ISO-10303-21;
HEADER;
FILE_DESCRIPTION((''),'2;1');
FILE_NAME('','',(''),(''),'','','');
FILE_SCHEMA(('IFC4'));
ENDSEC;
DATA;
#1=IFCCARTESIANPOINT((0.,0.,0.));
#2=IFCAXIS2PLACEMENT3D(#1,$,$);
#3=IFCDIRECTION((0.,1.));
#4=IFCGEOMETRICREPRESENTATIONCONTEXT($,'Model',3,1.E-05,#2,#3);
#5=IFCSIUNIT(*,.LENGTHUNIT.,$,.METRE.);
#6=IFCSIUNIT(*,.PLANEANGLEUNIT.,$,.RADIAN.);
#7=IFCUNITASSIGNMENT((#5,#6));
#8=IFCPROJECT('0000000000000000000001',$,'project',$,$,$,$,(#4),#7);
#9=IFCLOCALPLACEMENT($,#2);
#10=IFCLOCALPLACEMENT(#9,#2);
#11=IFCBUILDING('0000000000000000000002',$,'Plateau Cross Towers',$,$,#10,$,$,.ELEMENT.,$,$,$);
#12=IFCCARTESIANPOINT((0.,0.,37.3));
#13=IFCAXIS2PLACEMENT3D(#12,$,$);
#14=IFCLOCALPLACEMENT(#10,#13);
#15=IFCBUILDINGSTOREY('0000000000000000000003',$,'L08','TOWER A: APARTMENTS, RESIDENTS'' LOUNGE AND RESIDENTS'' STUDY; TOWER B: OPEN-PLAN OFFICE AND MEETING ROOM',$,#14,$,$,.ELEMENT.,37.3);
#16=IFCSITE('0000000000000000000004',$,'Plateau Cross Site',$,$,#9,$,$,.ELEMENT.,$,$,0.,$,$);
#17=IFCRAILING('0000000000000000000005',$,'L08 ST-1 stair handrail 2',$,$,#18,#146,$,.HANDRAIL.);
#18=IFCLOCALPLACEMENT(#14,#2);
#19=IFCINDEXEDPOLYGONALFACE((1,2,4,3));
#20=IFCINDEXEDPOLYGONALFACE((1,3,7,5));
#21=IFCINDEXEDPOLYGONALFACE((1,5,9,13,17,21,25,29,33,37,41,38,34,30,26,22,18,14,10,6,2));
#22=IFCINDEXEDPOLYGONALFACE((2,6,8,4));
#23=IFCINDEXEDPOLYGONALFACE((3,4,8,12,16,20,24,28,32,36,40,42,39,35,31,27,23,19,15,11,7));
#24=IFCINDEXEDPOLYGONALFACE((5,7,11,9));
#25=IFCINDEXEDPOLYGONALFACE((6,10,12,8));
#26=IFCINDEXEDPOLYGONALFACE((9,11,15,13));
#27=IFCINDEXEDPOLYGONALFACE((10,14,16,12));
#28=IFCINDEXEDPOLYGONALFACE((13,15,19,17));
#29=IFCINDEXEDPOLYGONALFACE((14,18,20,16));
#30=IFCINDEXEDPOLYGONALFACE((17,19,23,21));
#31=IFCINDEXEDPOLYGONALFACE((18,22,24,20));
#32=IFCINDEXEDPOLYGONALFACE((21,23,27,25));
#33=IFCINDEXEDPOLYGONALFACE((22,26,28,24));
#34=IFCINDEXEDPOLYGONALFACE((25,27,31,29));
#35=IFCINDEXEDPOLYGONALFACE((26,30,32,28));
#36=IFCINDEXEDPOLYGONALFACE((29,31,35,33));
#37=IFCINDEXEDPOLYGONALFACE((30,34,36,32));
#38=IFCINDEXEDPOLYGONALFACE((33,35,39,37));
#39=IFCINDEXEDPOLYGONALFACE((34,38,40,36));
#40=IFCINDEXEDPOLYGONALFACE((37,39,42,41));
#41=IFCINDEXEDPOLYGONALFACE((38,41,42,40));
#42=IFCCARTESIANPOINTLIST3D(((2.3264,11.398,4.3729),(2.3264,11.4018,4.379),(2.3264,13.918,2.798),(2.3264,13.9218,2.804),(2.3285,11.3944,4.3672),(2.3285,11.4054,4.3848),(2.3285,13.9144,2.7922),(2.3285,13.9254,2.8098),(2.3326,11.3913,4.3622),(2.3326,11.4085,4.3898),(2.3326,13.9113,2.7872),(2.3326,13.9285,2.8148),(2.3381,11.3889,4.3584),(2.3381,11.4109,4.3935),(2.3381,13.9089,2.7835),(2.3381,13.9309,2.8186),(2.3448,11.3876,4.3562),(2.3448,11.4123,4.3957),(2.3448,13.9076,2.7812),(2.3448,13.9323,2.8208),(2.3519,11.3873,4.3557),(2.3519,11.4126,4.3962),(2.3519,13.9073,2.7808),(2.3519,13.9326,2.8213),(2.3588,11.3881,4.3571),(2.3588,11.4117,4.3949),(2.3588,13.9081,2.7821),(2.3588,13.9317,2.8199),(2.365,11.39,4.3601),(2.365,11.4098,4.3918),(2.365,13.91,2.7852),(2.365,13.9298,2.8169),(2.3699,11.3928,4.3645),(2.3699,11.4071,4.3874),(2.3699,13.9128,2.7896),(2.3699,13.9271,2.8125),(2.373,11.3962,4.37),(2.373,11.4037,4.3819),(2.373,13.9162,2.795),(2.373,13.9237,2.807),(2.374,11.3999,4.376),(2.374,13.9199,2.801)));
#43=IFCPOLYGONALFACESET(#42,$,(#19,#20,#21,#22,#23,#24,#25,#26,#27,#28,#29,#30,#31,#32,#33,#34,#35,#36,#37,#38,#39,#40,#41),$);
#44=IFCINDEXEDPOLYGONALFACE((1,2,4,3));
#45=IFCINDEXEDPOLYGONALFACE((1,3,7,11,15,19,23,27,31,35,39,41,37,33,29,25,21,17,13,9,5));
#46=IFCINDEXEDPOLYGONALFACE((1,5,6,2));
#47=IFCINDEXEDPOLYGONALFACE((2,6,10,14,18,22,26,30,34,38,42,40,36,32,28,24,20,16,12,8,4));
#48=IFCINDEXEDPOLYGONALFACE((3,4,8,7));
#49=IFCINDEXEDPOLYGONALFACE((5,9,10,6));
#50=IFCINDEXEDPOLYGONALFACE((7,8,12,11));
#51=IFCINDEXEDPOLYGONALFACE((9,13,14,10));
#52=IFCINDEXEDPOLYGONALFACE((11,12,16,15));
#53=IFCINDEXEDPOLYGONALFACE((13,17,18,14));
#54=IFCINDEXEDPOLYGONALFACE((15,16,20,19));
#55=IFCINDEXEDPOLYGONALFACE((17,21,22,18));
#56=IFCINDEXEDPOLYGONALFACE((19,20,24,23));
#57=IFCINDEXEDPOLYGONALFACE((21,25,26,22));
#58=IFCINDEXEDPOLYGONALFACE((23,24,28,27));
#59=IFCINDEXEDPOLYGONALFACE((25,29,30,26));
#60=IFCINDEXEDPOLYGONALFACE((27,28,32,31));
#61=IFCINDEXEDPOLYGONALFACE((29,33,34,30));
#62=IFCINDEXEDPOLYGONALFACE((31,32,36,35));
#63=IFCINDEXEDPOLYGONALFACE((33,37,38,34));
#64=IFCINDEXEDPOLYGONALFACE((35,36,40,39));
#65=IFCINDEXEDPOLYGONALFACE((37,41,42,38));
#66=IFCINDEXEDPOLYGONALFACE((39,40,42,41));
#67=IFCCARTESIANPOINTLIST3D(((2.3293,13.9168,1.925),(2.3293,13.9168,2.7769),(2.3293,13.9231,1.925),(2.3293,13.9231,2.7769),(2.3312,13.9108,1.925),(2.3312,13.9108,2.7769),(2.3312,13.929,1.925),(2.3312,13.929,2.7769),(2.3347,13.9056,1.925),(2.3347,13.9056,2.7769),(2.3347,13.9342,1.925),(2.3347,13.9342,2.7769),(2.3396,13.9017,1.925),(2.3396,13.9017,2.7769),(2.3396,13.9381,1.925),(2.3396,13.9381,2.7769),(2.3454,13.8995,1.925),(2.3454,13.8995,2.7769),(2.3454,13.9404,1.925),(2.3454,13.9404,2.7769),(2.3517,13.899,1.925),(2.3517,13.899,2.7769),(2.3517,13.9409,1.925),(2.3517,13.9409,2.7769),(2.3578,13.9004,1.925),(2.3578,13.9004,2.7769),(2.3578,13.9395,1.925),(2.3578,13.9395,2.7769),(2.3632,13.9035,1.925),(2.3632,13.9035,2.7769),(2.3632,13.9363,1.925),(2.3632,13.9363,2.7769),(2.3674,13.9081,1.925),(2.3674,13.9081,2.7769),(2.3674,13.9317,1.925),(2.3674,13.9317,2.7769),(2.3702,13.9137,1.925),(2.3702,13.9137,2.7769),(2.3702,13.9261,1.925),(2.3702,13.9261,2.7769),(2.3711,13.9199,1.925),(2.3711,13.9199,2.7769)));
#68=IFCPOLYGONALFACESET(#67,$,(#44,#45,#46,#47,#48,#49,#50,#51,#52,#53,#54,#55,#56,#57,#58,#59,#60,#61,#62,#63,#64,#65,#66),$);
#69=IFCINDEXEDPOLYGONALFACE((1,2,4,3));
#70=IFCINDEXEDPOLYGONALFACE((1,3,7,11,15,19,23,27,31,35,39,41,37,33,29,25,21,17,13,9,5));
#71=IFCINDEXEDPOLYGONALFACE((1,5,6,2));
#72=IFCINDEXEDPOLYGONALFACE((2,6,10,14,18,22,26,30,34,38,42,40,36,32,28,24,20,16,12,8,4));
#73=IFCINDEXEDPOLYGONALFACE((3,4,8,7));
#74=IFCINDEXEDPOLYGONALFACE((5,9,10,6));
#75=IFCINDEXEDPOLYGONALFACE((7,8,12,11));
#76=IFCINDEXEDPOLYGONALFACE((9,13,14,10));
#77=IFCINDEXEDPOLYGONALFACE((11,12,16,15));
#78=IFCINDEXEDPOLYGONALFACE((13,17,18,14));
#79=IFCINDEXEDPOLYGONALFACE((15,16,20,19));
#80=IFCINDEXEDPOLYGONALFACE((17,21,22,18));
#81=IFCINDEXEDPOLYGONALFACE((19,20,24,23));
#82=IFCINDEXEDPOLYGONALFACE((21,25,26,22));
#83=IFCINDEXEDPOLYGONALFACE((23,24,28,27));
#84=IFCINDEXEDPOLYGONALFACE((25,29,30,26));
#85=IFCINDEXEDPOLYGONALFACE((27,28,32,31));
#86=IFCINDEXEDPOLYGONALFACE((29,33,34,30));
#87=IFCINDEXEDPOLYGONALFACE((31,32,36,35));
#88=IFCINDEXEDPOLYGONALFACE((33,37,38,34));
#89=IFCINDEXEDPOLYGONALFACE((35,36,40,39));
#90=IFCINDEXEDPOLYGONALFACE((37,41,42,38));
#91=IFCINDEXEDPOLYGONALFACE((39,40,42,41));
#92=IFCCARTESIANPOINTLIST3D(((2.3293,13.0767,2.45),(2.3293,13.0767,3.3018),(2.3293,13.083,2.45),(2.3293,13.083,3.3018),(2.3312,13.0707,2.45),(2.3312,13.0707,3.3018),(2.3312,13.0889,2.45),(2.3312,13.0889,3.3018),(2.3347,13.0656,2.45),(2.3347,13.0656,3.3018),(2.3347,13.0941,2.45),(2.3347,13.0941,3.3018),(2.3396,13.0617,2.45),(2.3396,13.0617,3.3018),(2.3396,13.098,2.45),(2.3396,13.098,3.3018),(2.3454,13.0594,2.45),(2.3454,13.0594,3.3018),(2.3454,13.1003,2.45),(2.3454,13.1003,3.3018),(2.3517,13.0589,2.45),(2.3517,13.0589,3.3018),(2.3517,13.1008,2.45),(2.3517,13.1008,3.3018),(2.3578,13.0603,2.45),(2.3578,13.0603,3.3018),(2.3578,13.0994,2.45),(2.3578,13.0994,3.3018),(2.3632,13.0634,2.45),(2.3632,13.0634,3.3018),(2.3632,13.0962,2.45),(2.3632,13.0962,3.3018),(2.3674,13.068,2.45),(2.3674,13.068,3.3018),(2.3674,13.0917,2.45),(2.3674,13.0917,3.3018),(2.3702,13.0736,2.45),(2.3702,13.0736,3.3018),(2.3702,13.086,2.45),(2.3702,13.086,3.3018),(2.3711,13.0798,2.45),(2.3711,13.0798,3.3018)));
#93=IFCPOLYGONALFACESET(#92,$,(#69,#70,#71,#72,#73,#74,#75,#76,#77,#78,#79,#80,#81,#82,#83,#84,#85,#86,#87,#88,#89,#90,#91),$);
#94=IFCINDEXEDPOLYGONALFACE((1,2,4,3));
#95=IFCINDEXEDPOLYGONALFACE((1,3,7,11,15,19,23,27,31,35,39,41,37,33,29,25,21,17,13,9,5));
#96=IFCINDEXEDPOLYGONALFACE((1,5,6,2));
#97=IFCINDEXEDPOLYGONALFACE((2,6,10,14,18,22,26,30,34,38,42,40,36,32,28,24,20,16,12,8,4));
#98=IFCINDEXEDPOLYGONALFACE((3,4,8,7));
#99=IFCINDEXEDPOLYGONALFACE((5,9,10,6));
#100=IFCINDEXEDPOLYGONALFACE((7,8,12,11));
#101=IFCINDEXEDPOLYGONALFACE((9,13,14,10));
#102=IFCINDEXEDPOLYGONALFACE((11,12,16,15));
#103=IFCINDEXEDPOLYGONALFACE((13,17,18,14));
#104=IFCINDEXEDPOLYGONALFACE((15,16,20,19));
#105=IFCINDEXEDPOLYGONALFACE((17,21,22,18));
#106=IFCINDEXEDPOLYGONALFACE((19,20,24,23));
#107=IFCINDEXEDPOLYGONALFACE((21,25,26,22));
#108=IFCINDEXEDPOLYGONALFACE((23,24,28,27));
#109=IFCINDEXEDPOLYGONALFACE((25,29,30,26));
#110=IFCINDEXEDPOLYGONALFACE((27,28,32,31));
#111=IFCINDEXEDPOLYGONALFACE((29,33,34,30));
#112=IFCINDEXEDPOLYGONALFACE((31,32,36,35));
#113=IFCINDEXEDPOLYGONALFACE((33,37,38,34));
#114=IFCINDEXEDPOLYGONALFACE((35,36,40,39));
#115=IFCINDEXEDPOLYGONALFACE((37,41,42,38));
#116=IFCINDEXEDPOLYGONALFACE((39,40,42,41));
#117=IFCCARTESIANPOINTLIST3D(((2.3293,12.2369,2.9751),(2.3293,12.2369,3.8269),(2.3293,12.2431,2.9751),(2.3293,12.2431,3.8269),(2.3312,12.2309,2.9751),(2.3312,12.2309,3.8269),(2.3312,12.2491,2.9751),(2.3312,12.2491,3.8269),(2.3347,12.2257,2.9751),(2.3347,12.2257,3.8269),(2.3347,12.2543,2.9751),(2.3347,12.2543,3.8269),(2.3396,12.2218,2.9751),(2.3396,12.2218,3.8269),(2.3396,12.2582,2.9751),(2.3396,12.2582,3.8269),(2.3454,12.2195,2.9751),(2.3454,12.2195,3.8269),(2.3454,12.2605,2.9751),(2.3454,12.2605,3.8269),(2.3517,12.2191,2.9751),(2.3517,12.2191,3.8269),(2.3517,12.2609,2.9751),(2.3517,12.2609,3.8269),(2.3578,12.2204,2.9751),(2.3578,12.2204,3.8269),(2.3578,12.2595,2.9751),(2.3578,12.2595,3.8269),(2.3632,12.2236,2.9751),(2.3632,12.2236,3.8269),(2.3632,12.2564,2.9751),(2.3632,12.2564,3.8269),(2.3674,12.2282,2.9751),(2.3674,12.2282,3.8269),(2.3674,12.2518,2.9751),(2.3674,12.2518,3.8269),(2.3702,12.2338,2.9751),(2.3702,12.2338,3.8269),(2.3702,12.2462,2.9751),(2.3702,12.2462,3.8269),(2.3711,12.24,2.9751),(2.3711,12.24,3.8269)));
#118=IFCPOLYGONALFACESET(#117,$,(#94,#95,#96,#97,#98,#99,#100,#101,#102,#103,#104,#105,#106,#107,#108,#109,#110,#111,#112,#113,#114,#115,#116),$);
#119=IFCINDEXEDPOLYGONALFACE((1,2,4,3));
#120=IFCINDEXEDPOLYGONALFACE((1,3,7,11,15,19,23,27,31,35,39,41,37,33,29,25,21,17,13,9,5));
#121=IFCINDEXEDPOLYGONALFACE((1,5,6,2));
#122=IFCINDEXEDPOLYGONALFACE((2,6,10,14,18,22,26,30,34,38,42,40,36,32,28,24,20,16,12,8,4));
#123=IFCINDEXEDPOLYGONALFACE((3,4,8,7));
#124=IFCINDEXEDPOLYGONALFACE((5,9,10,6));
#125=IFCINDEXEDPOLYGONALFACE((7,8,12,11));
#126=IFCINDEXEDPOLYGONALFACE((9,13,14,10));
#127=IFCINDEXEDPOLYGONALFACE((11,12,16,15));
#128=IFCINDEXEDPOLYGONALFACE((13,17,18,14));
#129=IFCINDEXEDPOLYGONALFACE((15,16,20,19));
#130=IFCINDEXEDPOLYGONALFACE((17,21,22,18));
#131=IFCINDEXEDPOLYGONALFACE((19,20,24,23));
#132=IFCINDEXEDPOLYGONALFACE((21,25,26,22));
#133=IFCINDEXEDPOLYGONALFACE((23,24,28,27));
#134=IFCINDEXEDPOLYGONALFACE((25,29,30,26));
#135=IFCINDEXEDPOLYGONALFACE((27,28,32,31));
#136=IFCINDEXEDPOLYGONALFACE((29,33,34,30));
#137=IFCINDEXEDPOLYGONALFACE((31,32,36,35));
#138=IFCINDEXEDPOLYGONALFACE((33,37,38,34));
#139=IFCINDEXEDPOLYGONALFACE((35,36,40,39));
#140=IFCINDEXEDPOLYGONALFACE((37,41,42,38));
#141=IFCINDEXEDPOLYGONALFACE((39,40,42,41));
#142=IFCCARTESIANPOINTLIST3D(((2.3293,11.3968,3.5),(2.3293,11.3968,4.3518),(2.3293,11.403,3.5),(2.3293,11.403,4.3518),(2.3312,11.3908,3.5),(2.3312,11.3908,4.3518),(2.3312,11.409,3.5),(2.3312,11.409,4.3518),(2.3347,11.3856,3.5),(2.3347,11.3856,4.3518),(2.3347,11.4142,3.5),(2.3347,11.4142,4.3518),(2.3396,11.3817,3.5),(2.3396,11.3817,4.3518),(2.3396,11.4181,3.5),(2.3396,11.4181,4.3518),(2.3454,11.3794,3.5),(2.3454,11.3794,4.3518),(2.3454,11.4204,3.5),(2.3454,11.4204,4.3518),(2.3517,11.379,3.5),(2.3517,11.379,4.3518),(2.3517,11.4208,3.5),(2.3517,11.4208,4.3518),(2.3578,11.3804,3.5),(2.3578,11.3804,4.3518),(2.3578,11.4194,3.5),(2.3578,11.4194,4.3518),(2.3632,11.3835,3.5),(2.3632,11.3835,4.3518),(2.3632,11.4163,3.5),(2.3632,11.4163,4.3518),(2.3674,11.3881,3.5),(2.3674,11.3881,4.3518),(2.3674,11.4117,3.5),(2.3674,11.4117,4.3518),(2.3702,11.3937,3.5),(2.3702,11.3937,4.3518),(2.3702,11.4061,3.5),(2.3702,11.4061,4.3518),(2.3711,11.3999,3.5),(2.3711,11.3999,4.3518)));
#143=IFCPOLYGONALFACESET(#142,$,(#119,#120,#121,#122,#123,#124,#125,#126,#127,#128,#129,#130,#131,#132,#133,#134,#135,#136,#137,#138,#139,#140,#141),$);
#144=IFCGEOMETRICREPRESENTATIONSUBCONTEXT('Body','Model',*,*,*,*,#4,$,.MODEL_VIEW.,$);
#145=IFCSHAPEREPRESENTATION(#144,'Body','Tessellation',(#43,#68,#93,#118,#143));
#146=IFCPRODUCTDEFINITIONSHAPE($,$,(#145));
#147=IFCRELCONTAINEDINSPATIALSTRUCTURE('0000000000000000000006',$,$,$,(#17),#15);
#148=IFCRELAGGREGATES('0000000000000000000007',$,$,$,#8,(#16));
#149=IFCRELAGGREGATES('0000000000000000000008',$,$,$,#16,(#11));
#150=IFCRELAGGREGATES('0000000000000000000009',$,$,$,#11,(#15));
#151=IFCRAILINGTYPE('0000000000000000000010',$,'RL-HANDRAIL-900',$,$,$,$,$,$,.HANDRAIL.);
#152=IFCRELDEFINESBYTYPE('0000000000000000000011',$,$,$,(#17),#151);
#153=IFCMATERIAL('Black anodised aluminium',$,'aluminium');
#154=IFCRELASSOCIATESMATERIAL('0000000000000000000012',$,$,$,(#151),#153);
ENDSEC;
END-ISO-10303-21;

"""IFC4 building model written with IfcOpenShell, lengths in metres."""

from ifc_helpers import new_model, si_unit, direction, frame, origin, origin_2d, place, context, subcontext, project, spatial, circle, extrude, material, type_object, element, save


model = new_model("IFC4")

# Units and contexts
model_context = context("Model", 3, precision=1e-05, world=origin(), true_north=direction((0.0, 1.0)))
body_context = subcontext(model_context, "Body", "Model", "MODEL_VIEW")
ifc_project = project(units=[si_unit("LENGTHUNIT", "METRE"), si_unit("PLANEANGLEUNIT", "RADIAN")], contexts=[model_context])

# Site, building, storey
site_placement = place(None, origin())
site = spatial("IfcSite", under=ifc_project, at=site_placement, Name="Plateau Cross Site", CompositionType="ELEMENT", RefElevation=0.0)
building_placement = place(site_placement, origin())
building = spatial("IfcBuilding", under=site, at=building_placement, Name="Plateau Cross Towers", CompositionType="ELEMENT")
storey_placement = place(building_placement, frame((0.0, 0.0, 37.3)))
storey = spatial("IfcBuildingStorey", under=building, at=storey_placement, Name="L08", Description="TOWER A: APARTMENTS, RESIDENTS' LOUNGE AND RESIDENTS' STUDY; TOWER B: OPEN-PLAN OFFICE AND MEETING ROOM", CompositionType="ELEMENT", Elevation=37.3)

# Shared definitions
ifc_material_1 = material(Name="Black anodised aluminium", Category="aluminium")

# Railing
railing_type_1 = type_object("IfcRailingType", Name="RL-HANDRAIL-900", PredefinedType="HANDRAIL", material=ifc_material_1)
railing_1_placement = place(storey_placement, frame((2.3501, 13.9199, 1.925)))
element("IfcRailing", 1, at=railing_1_placement, inside=storey, type_object=railing_type_1, Name="L08 ST-1 stair handrail 2", PredefinedType="HANDRAIL", context=body_context, shape_type="SweptSolid", body=[
    extrude(circle(Radius=0.0239, at=origin_2d()), frame((0.0, 0.0, 0.876), z_axis=(0.0, -0.848008, 0.529984), x_axis=(1.0, 0.0, 0.0)), (0.0, 0.0, 1.0), 2.9717),
    extrude(circle(Radius=0.021, at=origin_2d()), origin(), (0.0, 0.0, 1.0), 0.8518),
    extrude(circle(Radius=0.021, at=origin_2d()), frame((0.0, -0.8401, 0.5249)), (0.0, 0.0, 1.0), 0.8518),
    extrude(circle(Radius=0.021, at=origin_2d()), frame((0.0, -1.6799, 1.05)), (0.0, 0.0, 1.0), 0.8518),
    extrude(circle(Radius=0.021, at=origin_2d()), frame((0.0, -2.52, 1.575)), (0.0, 0.0, 1.0), 0.8518),
])

save(model, "model.ifc")
